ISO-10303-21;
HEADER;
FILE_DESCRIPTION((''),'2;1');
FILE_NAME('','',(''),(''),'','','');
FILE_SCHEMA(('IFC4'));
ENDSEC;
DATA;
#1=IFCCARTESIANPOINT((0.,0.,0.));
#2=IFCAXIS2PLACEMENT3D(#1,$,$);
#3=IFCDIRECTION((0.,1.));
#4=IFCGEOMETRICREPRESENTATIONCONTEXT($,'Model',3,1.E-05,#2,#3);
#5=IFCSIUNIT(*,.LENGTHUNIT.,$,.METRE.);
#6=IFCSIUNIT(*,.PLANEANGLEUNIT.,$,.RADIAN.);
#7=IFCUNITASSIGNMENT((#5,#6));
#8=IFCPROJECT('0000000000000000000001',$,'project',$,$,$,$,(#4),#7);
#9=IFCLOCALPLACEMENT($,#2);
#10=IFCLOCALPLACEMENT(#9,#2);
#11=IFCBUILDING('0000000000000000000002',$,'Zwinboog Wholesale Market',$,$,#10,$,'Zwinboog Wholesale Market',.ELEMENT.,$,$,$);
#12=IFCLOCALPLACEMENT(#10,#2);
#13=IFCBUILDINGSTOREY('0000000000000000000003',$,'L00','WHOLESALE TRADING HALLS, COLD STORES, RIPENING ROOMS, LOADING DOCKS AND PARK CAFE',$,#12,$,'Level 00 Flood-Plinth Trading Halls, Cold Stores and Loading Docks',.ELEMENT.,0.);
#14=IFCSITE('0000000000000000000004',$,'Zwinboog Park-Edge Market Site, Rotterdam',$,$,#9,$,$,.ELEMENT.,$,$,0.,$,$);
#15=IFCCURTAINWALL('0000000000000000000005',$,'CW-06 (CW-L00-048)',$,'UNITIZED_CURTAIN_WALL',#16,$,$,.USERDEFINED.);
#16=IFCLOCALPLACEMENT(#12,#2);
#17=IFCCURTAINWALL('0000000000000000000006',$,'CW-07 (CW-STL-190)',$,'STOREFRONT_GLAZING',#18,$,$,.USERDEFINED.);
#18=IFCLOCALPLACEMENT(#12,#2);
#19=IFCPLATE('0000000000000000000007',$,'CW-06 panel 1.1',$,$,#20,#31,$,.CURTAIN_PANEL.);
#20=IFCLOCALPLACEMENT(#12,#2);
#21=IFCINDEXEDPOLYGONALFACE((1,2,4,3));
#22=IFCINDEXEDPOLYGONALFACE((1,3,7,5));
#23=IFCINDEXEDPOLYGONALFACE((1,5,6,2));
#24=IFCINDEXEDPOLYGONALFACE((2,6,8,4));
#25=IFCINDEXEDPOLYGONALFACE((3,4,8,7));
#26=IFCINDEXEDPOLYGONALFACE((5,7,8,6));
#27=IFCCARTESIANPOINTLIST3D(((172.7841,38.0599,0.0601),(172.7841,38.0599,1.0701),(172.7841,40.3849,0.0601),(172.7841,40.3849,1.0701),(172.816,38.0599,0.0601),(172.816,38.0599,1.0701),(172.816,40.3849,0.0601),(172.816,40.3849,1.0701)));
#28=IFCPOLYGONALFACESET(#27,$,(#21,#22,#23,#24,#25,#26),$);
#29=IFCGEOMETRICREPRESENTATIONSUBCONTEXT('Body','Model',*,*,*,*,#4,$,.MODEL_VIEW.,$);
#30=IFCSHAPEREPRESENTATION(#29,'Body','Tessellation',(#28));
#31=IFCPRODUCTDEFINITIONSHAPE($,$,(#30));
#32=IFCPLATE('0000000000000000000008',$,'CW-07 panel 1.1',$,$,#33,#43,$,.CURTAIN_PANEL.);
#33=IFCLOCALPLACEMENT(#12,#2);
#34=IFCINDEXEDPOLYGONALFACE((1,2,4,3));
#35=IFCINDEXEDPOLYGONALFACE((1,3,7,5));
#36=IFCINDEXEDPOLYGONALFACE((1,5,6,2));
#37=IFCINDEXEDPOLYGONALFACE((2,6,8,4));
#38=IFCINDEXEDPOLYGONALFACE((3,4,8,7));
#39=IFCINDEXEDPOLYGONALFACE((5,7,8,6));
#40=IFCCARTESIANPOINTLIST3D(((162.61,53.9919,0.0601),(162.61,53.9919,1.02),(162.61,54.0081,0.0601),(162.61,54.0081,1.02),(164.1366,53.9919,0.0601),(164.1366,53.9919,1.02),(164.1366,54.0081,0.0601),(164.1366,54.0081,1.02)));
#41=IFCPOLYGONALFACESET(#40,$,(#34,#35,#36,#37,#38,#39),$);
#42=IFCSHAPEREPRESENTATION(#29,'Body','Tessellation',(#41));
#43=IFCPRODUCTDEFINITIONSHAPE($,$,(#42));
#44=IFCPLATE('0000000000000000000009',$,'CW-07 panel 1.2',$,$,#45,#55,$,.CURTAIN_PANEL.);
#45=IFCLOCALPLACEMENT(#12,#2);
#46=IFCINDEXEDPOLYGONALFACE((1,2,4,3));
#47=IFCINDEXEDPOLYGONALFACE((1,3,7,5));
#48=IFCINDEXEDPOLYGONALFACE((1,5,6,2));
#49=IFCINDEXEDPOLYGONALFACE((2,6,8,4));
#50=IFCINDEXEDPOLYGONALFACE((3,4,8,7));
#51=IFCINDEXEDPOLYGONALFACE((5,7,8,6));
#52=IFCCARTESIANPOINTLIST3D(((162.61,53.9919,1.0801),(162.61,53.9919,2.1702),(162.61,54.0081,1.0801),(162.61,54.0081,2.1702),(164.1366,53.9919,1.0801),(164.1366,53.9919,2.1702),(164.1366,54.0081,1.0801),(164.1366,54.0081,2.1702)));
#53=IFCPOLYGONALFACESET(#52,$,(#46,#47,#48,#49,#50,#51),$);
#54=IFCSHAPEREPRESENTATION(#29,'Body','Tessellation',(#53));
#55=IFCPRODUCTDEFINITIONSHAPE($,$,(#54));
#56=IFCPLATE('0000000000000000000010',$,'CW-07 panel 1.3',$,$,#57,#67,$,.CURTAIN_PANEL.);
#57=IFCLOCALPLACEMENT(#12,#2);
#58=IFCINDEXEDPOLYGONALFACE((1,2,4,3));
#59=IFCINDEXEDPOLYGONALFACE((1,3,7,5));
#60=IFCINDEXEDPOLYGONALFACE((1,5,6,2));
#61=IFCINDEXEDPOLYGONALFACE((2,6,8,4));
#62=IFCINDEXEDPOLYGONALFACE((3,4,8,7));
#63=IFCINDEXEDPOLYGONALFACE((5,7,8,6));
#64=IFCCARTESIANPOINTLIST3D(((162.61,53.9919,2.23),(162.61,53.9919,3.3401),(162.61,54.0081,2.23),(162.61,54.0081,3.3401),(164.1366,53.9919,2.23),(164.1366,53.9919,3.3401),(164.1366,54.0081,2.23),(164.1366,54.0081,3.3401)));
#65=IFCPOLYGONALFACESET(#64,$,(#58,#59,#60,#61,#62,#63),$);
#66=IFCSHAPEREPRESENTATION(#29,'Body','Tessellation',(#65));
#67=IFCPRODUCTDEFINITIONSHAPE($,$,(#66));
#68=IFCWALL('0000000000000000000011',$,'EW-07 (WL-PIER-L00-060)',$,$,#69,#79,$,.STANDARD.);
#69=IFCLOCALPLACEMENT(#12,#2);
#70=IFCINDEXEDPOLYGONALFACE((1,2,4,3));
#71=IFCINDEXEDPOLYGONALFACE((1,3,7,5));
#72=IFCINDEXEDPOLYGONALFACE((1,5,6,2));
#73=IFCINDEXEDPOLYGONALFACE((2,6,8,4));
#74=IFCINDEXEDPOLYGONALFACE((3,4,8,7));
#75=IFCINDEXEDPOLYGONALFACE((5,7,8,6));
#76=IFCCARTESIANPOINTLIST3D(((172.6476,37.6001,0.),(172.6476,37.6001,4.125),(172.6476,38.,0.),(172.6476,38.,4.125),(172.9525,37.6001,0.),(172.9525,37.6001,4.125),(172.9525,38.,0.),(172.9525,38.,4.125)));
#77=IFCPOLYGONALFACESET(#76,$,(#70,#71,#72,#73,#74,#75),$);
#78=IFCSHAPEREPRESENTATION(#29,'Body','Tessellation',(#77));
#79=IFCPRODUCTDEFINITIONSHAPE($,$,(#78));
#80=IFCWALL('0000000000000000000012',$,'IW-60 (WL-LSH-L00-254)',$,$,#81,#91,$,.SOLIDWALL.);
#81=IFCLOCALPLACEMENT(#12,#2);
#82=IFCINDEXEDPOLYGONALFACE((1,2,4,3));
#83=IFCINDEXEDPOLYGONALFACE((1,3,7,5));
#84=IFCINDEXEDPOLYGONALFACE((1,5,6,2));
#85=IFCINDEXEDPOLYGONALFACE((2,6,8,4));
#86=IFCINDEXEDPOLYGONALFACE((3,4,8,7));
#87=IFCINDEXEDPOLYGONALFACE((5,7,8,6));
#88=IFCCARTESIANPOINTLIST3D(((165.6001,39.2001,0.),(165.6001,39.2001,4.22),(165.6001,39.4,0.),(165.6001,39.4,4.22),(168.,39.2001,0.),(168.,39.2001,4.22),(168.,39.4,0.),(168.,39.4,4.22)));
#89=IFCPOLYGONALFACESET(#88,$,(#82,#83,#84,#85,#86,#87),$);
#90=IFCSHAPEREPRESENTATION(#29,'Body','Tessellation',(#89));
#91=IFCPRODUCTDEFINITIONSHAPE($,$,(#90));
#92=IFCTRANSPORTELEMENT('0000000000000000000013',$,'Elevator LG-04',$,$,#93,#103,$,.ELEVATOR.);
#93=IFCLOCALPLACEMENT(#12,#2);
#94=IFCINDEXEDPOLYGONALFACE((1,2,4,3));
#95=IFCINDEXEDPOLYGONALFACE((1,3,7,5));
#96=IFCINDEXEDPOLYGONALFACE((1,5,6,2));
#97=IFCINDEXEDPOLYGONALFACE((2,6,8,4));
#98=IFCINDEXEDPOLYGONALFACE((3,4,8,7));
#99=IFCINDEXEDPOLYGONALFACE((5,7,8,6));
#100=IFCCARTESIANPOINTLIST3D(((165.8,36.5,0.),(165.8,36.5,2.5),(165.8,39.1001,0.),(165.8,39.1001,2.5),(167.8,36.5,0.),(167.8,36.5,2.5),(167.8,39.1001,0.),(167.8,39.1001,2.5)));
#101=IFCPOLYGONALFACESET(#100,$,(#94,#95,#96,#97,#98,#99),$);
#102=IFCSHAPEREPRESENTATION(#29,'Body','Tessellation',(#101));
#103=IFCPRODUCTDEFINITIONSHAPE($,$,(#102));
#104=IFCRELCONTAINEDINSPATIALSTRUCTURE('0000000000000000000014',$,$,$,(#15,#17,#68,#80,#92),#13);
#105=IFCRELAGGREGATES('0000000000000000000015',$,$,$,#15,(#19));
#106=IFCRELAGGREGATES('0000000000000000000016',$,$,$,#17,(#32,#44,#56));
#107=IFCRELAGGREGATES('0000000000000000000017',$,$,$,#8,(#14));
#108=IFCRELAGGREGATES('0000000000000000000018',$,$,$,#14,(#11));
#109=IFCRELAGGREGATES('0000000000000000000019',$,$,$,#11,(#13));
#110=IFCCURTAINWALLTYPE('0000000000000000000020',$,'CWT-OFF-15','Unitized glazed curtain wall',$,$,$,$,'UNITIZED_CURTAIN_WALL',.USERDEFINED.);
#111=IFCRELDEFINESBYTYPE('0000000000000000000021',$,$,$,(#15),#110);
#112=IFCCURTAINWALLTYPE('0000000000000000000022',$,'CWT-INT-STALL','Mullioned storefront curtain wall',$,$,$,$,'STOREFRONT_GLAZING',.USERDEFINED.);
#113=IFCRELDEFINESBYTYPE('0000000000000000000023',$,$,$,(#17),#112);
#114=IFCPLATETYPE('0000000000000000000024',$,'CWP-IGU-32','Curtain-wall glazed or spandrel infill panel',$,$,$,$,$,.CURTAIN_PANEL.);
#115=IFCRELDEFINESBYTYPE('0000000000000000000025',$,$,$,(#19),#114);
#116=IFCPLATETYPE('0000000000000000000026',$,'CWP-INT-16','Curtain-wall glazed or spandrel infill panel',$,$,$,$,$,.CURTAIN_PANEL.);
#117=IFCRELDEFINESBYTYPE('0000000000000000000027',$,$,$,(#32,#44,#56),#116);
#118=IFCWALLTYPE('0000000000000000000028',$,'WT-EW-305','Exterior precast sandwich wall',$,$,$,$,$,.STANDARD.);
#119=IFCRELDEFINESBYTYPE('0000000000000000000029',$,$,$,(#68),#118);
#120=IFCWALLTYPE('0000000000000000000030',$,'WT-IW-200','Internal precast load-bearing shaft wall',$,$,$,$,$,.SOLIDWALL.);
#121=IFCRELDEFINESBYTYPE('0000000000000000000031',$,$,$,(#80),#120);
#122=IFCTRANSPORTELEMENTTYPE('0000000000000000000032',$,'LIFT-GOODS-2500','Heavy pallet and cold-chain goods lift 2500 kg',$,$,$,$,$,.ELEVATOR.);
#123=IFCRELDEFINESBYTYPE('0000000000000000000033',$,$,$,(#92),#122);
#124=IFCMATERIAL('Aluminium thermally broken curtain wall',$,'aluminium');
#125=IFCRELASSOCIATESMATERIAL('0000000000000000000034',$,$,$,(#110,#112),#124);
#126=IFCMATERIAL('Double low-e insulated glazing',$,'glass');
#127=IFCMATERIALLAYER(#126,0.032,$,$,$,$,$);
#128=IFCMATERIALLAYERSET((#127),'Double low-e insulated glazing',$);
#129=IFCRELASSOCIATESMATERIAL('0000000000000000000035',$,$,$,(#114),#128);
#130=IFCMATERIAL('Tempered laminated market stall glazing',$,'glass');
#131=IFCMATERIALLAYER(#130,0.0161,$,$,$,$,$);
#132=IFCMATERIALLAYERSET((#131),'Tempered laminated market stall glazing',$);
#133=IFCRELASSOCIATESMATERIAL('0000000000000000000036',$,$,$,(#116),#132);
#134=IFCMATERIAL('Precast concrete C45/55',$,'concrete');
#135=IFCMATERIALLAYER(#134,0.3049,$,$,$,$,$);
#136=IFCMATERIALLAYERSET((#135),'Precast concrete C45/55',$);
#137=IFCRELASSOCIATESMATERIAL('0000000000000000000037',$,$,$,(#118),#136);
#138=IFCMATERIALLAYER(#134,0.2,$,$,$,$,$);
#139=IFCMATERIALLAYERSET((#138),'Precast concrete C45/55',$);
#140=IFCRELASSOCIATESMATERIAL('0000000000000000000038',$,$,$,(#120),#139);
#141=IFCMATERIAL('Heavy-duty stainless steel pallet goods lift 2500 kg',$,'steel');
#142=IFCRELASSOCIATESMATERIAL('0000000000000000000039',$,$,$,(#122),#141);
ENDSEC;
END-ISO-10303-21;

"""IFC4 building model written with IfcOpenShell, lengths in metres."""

from ifc_helpers import new_model, si_unit, direction, frame, frame_2d, origin, origin_2d, place, context, subcontext, project, spatial, rectangle, extrude, material, layer, layer_set, type_object, element, aggregate, save


model = new_model("IFC4")

# Units and contexts
model_context = context("Model", 3, precision=1e-05, world=origin(), true_north=direction((0.0, 1.0)))
body_context = subcontext(model_context, "Body", "Model", "MODEL_VIEW")
ifc_project = project(units=[si_unit("LENGTHUNIT", "METRE"), si_unit("PLANEANGLEUNIT", "RADIAN")], contexts=[model_context])

# Site, building, storey
site_placement = place(None, origin())
site = spatial("IfcSite", under=ifc_project, at=site_placement, Name="Zwinboog Park-Edge Market Site, Rotterdam", CompositionType="ELEMENT", RefElevation=0.0)
building_placement = place(site_placement, origin())
building = spatial("IfcBuilding", under=site, at=building_placement, Name="Zwinboog Wholesale Market", LongName="Zwinboog Wholesale Market", CompositionType="ELEMENT")
storey_placement = place(building_placement, origin())
storey = spatial("IfcBuildingStorey", under=building, at=storey_placement, Name="L00", Description="WHOLESALE TRADING HALLS, COLD STORES, RIPENING ROOMS, LOADING DOCKS AND PARK CAFE", LongName="Level 00 Flood-Plinth Trading Halls, Cold Stores and Loading Docks", CompositionType="ELEMENT", Elevation=0.0)

# Curtain walls
ifc_material_1 = material(Name="Aluminium thermally broken curtain wall", Category="aluminium")
curtain_wall_type_1 = type_object("IfcCurtainWallType", Name="CWT-OFF-15", Description="Unitized glazed curtain wall", ElementType="UNITIZED_CURTAIN_WALL", PredefinedType="USERDEFINED", material=ifc_material_1)
curtain_wall_1_placement = place(storey_placement, origin())
curtain_wall_1 = element("IfcCurtainWall", 1, at=curtain_wall_1_placement, inside=storey, type_object=curtain_wall_type_1, Name="CW-06 (CW-L00-048)", ObjectType="UNITIZED_CURTAIN_WALL", PredefinedType="USERDEFINED")
curtain_wall_type_2 = type_object("IfcCurtainWallType", Name="CWT-INT-STALL", Description="Mullioned storefront curtain wall", ElementType="STOREFRONT_GLAZING", PredefinedType="USERDEFINED", material=ifc_material_1)
curtain_wall_2_placement = place(storey_placement, origin())
curtain_wall_2 = element("IfcCurtainWall", 2, at=curtain_wall_2_placement, inside=storey, type_object=curtain_wall_type_2, Name="CW-07 (CW-STL-190)", ObjectType="STOREFRONT_GLAZING", PredefinedType="USERDEFINED")

# Plates
ifc_material_2 = material(Name="Double low-e insulated glazing", Category="glass")
ifc_layer_1 = layer(ifc_material_2, 0.032)
ifc_layer_set_1 = layer_set([ifc_layer_1], Name="Double low-e insulated glazing")
plate_type_1 = type_object("IfcPlateType", Name="CWP-IGU-32", Description="Curtain-wall glazed or spandrel infill panel", PredefinedType="CURTAIN_PANEL", material=ifc_layer_set_1)
plate_1_placement = place(storey_placement, frame((172.8, 39.2224, 0.0601), z_axis=(0.0, 0.0, 1.0), x_axis=(0.0, 1.0, 0.0)))
plate_1 = element("IfcPlate", 3, at=plate_1_placement, type_object=plate_type_1, Name="CW-06 panel 1.1", PredefinedType="CURTAIN_PANEL", context=body_context, shape_type="SweptSolid", body=[
    extrude(rectangle(XDim=2.325, YDim=0.032, at=origin_2d()), origin(), (0.0, 0.0, 1.0), 1.01),
])
aggregate(curtain_wall_1, [plate_1])
ifc_material_3 = material(Name="Tempered laminated market stall glazing", Category="glass")
ifc_layer_2 = layer(ifc_material_3, 0.0161)
ifc_layer_set_2 = layer_set([ifc_layer_2], Name="Tempered laminated market stall glazing")
plate_type_2 = type_object("IfcPlateType", Name="CWP-INT-16", Description="Curtain-wall glazed or spandrel infill panel", PredefinedType="CURTAIN_PANEL", material=ifc_layer_set_2)
plate_2_placement = place(storey_placement, frame((163.3733, 54.0, 0.0601), z_axis=(0.0, 0.0, 1.0), x_axis=(1.0, 0.0, 0.0)))
plate_2 = element("IfcPlate", 4, at=plate_2_placement, type_object=plate_type_2, Name="CW-07 panel 1.1", PredefinedType="CURTAIN_PANEL", context=body_context, shape_type="SweptSolid", body=[
    extrude(rectangle(XDim=1.5266, YDim=0.0161, at=origin_2d()), origin(), (0.0, 0.0, 1.0), 0.96),
])
plate_3_placement = place(storey_placement, frame((163.3733, 54.0, 1.0801), z_axis=(0.0, 0.0, 1.0), x_axis=(1.0, 0.0, 0.0)))
plate_3 = element("IfcPlate", 5, at=plate_3_placement, type_object=plate_type_2, Name="CW-07 panel 1.2", PredefinedType="CURTAIN_PANEL", context=body_context, shape_type="SweptSolid", body=[
    extrude(rectangle(XDim=1.5266, YDim=0.0161, at=origin_2d()), origin(), (0.0, 0.0, 1.0), 1.0901),
])
plate_4_placement = place(storey_placement, frame((163.3733, 54.0, 2.23), z_axis=(0.0, 0.0, 1.0), x_axis=(1.0, 0.0, 0.0)))
plate_4 = element("IfcPlate", 6, at=plate_4_placement, type_object=plate_type_2, Name="CW-07 panel 1.3", PredefinedType="CURTAIN_PANEL", context=body_context, shape_type="SweptSolid", body=[
    extrude(rectangle(XDim=1.5266, YDim=0.0161, at=origin_2d()), origin(), (0.0, 0.0, 1.0), 1.1101),
])
aggregate(curtain_wall_2, [plate_2, plate_3, plate_4])

# Walls
ifc_material_4 = material(Name="Precast concrete C45/55", Category="concrete")
ifc_layer_3 = layer(ifc_material_4, 0.3049)
ifc_layer_set_3 = layer_set([ifc_layer_3], Name="Precast concrete C45/55")
wall_type_1 = type_object("IfcWallType", Name="WT-EW-305", Description="Exterior precast sandwich wall", PredefinedType="STANDARD", material=ifc_layer_set_3)
wall_1_placement = place(storey_placement, frame((172.8, 37.6001, 0.0), z_axis=(0.0, 0.0, 1.0), x_axis=(0.0, 1.0, 0.0)))
element("IfcWall", 7, at=wall_1_placement, inside=storey, type_object=wall_type_1, Name="EW-07 (WL-PIER-L00-060)", PredefinedType="STANDARD", context=body_context, shape_type="SweptSolid", body=[
    extrude(rectangle(XDim=0.3999, YDim=0.3049, at=frame_2d((0.2, 0.0))), origin(), (0.0, 0.0, 1.0), 4.125),
])
ifc_layer_4 = layer(ifc_material_4, 0.2)
ifc_layer_set_4 = layer_set([ifc_layer_4], Name="Precast concrete C45/55")
wall_type_2 = type_object("IfcWallType", Name="WT-IW-200", Description="Internal precast load-bearing shaft wall", PredefinedType="SOLIDWALL", material=ifc_layer_set_4)
wall_2_placement = place(storey_placement, frame((165.6001, 39.3, 0.0), z_axis=(0.0, 0.0, 1.0), x_axis=(1.0, 0.0, 0.0)))
element("IfcWall", 8, at=wall_2_placement, inside=storey, type_object=wall_type_2, Name="IW-60 (WL-LSH-L00-254)", PredefinedType="SOLIDWALL", context=body_context, shape_type="SweptSolid", body=[
    extrude(rectangle(XDim=2.3999, YDim=0.2, at=frame_2d((1.2, 0.0))), origin(), (0.0, 0.0, 1.0), 4.22),
])

# Transport element
ifc_material_5 = material(Name="Heavy-duty stainless steel pallet goods lift 2500 kg", Category="steel")
transport_element_type = type_object("IfcTransportElementType", Name="LIFT-GOODS-2500", Description="Heavy pallet and cold-chain goods lift 2500 kg", PredefinedType="ELEVATOR", material=ifc_material_5)
transport_element_placement = place(storey_placement, frame((166.8, 37.8, 0.0), z_axis=(0.0, 0.0, 1.0), x_axis=(1.0, 0.0, 0.0)))
element("IfcTransportElement", 9, at=transport_element_placement, inside=storey, type_object=transport_element_type, Name="Elevator LG-04", PredefinedType="ELEVATOR", context=body_context, shape_type="SweptSolid", body=[
    extrude(rectangle(XDim=2.0, YDim=2.6001, at=origin_2d()), origin(), (0.0, 0.0, 1.0), 2.5),
])

save(model, "model.ifc")
